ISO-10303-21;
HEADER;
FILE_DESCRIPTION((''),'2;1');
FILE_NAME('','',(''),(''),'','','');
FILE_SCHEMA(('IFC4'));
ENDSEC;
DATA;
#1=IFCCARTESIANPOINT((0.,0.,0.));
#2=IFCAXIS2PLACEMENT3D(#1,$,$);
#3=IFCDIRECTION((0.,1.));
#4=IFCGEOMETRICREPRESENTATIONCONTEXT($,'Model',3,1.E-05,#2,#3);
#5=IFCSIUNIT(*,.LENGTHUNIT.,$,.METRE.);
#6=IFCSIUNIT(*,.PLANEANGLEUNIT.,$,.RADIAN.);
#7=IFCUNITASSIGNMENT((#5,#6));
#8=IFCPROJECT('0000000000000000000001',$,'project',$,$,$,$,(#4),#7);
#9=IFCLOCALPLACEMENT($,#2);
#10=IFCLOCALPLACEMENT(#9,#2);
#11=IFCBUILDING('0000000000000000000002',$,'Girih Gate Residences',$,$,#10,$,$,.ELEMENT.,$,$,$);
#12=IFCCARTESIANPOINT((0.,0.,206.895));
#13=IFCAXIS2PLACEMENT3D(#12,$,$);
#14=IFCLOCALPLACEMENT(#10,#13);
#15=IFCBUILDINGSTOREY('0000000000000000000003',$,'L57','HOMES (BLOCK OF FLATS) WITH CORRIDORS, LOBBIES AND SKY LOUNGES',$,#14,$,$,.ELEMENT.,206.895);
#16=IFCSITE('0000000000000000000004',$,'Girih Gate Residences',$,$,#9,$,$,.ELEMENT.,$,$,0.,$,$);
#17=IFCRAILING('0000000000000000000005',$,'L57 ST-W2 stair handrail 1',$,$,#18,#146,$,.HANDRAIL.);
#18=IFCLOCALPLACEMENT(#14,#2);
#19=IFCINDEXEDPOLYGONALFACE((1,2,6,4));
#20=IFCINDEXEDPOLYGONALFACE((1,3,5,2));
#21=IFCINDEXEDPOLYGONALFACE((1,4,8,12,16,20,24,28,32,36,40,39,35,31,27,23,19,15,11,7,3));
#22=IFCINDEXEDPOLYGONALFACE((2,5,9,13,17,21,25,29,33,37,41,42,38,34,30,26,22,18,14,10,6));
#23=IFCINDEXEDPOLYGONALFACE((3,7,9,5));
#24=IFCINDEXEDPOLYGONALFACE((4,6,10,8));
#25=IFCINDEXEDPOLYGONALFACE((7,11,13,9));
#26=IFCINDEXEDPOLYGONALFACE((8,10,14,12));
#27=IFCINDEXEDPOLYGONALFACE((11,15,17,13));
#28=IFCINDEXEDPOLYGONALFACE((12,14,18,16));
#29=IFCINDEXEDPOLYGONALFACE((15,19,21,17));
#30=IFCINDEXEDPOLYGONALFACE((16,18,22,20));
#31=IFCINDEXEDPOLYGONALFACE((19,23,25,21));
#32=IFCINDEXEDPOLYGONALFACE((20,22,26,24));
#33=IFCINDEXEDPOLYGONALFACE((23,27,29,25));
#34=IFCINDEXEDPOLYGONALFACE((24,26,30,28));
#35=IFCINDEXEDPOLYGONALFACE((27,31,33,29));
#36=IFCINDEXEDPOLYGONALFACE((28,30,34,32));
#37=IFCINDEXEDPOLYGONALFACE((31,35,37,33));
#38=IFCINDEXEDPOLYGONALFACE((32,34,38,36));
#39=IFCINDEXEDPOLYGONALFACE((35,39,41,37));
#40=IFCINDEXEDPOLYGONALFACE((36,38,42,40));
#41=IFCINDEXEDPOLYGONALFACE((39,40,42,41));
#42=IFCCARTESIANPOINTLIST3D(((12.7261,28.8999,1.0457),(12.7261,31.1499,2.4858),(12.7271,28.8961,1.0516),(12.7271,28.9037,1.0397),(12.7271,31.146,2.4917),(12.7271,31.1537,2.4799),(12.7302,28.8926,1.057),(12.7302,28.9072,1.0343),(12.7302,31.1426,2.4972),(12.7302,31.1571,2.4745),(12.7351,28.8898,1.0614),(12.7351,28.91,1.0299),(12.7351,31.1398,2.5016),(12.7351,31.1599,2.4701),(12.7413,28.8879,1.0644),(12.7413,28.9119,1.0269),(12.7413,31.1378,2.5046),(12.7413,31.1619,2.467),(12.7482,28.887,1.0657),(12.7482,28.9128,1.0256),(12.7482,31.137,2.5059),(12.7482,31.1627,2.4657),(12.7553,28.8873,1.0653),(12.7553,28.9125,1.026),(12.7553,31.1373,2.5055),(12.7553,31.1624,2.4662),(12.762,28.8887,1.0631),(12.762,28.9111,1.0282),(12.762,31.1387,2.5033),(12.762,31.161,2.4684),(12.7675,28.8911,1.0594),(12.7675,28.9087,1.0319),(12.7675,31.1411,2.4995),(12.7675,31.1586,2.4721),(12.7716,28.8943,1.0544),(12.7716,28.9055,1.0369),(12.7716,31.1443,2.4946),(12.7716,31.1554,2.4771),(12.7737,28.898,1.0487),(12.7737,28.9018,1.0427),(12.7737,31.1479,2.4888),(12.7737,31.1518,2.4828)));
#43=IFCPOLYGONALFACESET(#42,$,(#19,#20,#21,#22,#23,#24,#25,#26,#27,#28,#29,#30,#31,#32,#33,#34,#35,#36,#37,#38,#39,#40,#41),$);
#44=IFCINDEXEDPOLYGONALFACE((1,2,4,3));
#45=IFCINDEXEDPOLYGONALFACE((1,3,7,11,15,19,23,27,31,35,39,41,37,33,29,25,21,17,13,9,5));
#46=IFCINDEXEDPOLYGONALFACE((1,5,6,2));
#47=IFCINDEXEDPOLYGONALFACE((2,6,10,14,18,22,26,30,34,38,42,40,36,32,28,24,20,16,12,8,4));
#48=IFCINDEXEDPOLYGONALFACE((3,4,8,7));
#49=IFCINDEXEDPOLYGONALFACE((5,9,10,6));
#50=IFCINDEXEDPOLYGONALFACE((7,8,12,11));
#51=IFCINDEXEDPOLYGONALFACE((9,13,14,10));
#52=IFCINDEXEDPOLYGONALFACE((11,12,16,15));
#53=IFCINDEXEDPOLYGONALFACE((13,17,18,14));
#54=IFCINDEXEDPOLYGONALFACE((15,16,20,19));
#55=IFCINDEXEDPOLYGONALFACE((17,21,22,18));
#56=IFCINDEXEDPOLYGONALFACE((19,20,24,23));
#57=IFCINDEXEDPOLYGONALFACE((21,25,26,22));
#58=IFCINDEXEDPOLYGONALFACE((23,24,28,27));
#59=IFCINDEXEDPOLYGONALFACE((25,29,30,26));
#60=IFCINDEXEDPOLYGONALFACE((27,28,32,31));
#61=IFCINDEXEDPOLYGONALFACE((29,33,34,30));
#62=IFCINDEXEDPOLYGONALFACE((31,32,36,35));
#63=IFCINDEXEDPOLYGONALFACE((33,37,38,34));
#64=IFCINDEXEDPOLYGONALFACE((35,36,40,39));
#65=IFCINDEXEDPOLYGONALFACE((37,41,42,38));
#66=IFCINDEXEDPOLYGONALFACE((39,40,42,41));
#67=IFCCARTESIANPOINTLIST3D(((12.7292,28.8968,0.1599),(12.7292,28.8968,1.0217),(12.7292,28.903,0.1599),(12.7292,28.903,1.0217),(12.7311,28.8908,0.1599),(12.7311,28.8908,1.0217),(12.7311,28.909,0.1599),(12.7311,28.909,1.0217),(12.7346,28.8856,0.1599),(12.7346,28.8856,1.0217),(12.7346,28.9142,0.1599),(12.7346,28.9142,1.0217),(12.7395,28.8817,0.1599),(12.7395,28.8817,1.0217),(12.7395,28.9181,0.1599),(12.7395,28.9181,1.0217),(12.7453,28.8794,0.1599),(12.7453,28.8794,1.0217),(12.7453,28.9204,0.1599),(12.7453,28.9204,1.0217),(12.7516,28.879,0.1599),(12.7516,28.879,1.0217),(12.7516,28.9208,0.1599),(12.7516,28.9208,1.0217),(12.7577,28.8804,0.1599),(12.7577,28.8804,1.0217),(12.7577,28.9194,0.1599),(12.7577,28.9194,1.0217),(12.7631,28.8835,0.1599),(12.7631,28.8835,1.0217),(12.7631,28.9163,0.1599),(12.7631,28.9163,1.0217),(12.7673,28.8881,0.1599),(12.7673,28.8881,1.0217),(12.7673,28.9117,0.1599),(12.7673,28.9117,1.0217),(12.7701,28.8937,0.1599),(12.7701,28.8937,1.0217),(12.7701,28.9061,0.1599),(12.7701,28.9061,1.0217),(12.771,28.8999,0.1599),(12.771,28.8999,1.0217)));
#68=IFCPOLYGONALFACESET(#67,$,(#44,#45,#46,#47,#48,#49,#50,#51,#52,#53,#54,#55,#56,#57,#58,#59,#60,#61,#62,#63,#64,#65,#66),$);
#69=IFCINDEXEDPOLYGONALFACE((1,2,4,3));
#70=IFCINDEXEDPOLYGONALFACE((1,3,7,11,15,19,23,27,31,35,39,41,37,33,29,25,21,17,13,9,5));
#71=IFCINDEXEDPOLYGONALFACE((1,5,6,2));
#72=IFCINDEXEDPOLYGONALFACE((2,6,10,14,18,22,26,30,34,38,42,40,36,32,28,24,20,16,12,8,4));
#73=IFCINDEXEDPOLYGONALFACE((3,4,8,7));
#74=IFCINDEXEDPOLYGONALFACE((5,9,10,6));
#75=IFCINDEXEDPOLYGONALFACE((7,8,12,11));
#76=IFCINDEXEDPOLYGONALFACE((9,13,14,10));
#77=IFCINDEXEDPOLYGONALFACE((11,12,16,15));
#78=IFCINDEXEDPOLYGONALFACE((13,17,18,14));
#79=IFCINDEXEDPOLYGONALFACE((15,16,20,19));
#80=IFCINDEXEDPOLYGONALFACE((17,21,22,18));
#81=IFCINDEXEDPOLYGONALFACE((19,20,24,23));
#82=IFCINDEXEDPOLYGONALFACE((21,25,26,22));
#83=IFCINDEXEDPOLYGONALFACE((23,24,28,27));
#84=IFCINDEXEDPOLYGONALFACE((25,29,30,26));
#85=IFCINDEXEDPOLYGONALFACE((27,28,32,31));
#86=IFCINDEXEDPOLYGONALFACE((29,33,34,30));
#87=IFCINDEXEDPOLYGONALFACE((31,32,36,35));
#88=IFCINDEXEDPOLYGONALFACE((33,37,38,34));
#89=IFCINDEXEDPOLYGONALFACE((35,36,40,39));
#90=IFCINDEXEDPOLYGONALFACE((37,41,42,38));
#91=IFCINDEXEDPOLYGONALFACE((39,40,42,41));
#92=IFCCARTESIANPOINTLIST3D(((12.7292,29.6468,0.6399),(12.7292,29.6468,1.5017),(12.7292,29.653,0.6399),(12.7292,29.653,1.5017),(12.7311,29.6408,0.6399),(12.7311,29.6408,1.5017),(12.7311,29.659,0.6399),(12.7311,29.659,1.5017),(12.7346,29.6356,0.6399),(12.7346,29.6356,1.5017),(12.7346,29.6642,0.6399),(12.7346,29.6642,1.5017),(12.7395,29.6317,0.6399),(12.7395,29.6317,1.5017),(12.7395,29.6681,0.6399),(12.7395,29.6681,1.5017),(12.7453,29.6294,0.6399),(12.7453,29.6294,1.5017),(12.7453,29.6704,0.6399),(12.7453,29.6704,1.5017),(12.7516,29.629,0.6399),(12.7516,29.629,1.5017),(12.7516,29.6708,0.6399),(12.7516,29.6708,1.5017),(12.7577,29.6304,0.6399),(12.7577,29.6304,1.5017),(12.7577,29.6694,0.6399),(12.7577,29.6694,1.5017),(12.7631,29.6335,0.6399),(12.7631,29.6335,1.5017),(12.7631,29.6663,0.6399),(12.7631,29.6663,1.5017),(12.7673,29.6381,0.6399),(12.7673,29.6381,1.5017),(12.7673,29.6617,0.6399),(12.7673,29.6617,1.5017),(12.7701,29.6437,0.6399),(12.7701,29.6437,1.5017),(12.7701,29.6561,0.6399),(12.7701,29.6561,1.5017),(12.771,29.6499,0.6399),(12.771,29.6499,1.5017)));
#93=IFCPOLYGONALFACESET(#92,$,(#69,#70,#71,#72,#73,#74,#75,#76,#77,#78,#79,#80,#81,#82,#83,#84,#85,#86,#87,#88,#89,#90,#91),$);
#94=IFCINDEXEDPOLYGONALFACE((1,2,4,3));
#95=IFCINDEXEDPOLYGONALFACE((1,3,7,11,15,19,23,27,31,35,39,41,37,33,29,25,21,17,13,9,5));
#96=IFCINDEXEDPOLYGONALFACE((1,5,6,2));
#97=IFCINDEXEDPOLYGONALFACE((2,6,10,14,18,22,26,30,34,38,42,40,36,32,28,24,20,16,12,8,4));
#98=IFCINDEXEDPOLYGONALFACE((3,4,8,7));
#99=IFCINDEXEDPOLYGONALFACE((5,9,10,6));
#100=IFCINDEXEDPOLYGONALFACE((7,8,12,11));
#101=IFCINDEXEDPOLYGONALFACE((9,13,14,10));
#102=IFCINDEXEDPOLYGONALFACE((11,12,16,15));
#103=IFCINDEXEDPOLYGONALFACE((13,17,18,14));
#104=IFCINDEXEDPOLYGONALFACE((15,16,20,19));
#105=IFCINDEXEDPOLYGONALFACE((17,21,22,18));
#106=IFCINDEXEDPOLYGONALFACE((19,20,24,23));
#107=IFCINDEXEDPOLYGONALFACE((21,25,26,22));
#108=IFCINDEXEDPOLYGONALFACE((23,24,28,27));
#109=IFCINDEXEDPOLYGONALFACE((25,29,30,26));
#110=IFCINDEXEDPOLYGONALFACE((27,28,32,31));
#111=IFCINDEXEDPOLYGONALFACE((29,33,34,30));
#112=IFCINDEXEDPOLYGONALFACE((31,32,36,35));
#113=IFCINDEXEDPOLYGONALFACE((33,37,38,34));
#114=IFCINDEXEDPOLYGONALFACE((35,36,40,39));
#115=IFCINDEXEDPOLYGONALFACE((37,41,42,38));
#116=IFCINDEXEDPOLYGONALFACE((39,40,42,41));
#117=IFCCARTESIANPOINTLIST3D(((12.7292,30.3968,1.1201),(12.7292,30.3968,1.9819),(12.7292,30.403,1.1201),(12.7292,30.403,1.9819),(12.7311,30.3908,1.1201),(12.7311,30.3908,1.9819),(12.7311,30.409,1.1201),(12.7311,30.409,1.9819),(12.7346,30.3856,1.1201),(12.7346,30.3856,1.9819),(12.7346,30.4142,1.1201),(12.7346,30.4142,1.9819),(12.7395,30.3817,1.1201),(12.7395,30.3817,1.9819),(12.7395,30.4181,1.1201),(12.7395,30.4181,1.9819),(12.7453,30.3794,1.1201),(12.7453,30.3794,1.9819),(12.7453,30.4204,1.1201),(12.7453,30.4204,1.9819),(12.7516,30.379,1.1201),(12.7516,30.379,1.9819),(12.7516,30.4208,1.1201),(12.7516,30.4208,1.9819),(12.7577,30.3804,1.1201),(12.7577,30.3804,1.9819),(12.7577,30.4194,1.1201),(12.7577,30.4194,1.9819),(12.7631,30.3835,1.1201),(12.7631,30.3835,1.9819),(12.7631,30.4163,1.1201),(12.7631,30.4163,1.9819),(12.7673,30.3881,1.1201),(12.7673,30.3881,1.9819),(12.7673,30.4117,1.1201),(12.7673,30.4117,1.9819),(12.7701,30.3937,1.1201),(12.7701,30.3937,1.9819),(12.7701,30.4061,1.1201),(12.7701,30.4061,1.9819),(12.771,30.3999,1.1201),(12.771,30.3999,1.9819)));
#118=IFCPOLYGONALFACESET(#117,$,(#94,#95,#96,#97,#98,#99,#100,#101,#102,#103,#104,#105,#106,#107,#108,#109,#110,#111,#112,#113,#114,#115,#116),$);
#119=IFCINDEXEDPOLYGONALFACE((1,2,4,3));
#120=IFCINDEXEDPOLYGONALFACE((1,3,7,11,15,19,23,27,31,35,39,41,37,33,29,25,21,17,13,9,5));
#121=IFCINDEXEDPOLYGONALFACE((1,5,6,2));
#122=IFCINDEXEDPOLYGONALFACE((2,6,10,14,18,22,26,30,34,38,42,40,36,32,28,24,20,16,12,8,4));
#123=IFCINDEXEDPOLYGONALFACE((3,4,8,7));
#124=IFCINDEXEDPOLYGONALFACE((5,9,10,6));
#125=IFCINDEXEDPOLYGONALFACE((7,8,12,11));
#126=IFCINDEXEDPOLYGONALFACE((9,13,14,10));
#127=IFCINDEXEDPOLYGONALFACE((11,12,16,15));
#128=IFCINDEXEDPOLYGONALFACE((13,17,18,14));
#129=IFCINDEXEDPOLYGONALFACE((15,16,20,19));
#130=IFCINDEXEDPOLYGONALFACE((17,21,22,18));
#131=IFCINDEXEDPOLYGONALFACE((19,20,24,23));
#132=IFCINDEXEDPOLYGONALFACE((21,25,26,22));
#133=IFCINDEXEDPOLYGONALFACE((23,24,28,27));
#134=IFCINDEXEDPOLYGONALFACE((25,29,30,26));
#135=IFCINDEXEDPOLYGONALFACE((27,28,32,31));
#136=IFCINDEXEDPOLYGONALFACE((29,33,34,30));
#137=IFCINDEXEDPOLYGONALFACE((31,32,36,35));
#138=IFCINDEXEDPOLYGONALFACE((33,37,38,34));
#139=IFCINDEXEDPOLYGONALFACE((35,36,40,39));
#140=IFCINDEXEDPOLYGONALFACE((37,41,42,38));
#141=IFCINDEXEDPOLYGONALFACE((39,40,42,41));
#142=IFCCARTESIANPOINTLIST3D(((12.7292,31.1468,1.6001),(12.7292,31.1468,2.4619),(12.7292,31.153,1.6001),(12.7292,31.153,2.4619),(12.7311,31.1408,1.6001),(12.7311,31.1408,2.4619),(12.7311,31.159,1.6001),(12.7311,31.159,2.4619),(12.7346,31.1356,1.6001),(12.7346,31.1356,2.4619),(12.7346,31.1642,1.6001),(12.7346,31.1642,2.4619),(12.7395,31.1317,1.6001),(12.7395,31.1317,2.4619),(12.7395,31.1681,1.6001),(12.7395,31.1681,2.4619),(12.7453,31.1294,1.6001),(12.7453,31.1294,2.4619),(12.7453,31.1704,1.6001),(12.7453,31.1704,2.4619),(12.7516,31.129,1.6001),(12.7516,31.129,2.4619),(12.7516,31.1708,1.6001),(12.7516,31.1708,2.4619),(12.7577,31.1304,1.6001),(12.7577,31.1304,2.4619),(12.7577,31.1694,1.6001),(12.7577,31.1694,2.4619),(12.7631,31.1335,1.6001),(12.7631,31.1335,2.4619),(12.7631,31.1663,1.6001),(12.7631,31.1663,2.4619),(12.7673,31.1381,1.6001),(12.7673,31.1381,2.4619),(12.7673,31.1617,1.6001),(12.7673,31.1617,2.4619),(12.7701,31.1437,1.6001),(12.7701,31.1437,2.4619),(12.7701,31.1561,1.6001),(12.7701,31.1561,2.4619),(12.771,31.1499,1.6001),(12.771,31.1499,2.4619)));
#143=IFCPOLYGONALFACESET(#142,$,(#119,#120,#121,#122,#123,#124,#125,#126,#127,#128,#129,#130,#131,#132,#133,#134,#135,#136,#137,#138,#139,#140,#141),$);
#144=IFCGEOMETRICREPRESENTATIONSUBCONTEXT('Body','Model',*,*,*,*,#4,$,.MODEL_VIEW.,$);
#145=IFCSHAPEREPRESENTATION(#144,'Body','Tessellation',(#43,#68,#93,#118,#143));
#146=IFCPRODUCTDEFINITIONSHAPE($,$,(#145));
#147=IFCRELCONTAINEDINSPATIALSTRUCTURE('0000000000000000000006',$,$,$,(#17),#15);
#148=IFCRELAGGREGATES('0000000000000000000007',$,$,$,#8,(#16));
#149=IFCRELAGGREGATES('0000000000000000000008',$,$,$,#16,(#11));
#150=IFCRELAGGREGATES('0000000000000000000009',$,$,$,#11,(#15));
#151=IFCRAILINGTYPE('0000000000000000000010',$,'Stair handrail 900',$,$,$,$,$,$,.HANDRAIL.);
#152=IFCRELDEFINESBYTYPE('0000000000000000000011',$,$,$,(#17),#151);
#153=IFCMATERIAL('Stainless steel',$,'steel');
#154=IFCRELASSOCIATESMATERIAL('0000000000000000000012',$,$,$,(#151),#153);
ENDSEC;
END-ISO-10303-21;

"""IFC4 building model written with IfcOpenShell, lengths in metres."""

from ifc_helpers import new_model, si_unit, direction, frame, origin, origin_2d, place, context, subcontext, project, spatial, circle, extrude, material, type_object, element, save


model = new_model("IFC4")

# Units and contexts
model_context = context("Model", 3, precision=1e-05, world=origin(), true_north=direction((0.0, 1.0)))
body_context = subcontext(model_context, "Body", "Model", "MODEL_VIEW")
ifc_project = project(units=[si_unit("LENGTHUNIT", "METRE"), si_unit("PLANEANGLEUNIT", "RADIAN")], contexts=[model_context])

# Site, building, storey
site_placement = place(None, origin())
site = spatial("IfcSite", under=ifc_project, at=site_placement, Name="Girih Gate Residences", CompositionType="ELEMENT", RefElevation=0.0)
building_placement = place(site_placement, origin())
building = spatial("IfcBuilding", under=site, at=building_placement, Name="Girih Gate Residences", CompositionType="ELEMENT")
storey_placement = place(building_placement, frame((0.0, 0.0, 206.895)))
storey = spatial("IfcBuildingStorey", under=building, at=storey_placement, Name="L57", Description="HOMES (BLOCK OF FLATS) WITH CORRIDORS, LOBBIES AND SKY LOUNGES", CompositionType="ELEMENT", Elevation=206.895)

# Railing
ifc_material_1 = material(Name="Stainless steel", Category="steel")
railing_type_1 = type_object("IfcRailingType", Name="Stair handrail 900", PredefinedType="HANDRAIL", material=ifc_material_1)
for number, where, name in (
    (1, (12.75, 28.8999, 0.1599), "L57 ST-W2 stair handrail 1"),
):
    element("IfcRailing", number, at=place(storey_placement, frame(where)), inside=storey, type_object=railing_type_1, Name=name, PredefinedType="HANDRAIL", context=body_context, shape_type="SweptSolid", body=[
        extrude(circle(Radius=0.0239, at=origin_2d()), frame((0.0, 0.0, 0.8857), z_axis=(0.0, 0.84224, 0.539103), x_axis=(-1.0, 0.0, 0.0)), (0.0, 0.0, 1.0), 2.6714),
        extrude(circle(Radius=0.021, at=origin_2d()), origin(), (0.0, 0.0, 1.0), 0.8618),
        extrude(circle(Radius=0.021, at=origin_2d()), frame((0.0, 0.75, 0.48)), (0.0, 0.0, 1.0), 0.8618),
        extrude(circle(Radius=0.021, at=origin_2d()), frame((0.0, 1.5, 0.9602)), (0.0, 0.0, 1.0), 0.8618),
        extrude(circle(Radius=0.021, at=origin_2d()), frame((0.0, 2.25, 1.4402)), (0.0, 0.0, 1.0), 0.8618),
    ])

save(model, "model.ifc")
